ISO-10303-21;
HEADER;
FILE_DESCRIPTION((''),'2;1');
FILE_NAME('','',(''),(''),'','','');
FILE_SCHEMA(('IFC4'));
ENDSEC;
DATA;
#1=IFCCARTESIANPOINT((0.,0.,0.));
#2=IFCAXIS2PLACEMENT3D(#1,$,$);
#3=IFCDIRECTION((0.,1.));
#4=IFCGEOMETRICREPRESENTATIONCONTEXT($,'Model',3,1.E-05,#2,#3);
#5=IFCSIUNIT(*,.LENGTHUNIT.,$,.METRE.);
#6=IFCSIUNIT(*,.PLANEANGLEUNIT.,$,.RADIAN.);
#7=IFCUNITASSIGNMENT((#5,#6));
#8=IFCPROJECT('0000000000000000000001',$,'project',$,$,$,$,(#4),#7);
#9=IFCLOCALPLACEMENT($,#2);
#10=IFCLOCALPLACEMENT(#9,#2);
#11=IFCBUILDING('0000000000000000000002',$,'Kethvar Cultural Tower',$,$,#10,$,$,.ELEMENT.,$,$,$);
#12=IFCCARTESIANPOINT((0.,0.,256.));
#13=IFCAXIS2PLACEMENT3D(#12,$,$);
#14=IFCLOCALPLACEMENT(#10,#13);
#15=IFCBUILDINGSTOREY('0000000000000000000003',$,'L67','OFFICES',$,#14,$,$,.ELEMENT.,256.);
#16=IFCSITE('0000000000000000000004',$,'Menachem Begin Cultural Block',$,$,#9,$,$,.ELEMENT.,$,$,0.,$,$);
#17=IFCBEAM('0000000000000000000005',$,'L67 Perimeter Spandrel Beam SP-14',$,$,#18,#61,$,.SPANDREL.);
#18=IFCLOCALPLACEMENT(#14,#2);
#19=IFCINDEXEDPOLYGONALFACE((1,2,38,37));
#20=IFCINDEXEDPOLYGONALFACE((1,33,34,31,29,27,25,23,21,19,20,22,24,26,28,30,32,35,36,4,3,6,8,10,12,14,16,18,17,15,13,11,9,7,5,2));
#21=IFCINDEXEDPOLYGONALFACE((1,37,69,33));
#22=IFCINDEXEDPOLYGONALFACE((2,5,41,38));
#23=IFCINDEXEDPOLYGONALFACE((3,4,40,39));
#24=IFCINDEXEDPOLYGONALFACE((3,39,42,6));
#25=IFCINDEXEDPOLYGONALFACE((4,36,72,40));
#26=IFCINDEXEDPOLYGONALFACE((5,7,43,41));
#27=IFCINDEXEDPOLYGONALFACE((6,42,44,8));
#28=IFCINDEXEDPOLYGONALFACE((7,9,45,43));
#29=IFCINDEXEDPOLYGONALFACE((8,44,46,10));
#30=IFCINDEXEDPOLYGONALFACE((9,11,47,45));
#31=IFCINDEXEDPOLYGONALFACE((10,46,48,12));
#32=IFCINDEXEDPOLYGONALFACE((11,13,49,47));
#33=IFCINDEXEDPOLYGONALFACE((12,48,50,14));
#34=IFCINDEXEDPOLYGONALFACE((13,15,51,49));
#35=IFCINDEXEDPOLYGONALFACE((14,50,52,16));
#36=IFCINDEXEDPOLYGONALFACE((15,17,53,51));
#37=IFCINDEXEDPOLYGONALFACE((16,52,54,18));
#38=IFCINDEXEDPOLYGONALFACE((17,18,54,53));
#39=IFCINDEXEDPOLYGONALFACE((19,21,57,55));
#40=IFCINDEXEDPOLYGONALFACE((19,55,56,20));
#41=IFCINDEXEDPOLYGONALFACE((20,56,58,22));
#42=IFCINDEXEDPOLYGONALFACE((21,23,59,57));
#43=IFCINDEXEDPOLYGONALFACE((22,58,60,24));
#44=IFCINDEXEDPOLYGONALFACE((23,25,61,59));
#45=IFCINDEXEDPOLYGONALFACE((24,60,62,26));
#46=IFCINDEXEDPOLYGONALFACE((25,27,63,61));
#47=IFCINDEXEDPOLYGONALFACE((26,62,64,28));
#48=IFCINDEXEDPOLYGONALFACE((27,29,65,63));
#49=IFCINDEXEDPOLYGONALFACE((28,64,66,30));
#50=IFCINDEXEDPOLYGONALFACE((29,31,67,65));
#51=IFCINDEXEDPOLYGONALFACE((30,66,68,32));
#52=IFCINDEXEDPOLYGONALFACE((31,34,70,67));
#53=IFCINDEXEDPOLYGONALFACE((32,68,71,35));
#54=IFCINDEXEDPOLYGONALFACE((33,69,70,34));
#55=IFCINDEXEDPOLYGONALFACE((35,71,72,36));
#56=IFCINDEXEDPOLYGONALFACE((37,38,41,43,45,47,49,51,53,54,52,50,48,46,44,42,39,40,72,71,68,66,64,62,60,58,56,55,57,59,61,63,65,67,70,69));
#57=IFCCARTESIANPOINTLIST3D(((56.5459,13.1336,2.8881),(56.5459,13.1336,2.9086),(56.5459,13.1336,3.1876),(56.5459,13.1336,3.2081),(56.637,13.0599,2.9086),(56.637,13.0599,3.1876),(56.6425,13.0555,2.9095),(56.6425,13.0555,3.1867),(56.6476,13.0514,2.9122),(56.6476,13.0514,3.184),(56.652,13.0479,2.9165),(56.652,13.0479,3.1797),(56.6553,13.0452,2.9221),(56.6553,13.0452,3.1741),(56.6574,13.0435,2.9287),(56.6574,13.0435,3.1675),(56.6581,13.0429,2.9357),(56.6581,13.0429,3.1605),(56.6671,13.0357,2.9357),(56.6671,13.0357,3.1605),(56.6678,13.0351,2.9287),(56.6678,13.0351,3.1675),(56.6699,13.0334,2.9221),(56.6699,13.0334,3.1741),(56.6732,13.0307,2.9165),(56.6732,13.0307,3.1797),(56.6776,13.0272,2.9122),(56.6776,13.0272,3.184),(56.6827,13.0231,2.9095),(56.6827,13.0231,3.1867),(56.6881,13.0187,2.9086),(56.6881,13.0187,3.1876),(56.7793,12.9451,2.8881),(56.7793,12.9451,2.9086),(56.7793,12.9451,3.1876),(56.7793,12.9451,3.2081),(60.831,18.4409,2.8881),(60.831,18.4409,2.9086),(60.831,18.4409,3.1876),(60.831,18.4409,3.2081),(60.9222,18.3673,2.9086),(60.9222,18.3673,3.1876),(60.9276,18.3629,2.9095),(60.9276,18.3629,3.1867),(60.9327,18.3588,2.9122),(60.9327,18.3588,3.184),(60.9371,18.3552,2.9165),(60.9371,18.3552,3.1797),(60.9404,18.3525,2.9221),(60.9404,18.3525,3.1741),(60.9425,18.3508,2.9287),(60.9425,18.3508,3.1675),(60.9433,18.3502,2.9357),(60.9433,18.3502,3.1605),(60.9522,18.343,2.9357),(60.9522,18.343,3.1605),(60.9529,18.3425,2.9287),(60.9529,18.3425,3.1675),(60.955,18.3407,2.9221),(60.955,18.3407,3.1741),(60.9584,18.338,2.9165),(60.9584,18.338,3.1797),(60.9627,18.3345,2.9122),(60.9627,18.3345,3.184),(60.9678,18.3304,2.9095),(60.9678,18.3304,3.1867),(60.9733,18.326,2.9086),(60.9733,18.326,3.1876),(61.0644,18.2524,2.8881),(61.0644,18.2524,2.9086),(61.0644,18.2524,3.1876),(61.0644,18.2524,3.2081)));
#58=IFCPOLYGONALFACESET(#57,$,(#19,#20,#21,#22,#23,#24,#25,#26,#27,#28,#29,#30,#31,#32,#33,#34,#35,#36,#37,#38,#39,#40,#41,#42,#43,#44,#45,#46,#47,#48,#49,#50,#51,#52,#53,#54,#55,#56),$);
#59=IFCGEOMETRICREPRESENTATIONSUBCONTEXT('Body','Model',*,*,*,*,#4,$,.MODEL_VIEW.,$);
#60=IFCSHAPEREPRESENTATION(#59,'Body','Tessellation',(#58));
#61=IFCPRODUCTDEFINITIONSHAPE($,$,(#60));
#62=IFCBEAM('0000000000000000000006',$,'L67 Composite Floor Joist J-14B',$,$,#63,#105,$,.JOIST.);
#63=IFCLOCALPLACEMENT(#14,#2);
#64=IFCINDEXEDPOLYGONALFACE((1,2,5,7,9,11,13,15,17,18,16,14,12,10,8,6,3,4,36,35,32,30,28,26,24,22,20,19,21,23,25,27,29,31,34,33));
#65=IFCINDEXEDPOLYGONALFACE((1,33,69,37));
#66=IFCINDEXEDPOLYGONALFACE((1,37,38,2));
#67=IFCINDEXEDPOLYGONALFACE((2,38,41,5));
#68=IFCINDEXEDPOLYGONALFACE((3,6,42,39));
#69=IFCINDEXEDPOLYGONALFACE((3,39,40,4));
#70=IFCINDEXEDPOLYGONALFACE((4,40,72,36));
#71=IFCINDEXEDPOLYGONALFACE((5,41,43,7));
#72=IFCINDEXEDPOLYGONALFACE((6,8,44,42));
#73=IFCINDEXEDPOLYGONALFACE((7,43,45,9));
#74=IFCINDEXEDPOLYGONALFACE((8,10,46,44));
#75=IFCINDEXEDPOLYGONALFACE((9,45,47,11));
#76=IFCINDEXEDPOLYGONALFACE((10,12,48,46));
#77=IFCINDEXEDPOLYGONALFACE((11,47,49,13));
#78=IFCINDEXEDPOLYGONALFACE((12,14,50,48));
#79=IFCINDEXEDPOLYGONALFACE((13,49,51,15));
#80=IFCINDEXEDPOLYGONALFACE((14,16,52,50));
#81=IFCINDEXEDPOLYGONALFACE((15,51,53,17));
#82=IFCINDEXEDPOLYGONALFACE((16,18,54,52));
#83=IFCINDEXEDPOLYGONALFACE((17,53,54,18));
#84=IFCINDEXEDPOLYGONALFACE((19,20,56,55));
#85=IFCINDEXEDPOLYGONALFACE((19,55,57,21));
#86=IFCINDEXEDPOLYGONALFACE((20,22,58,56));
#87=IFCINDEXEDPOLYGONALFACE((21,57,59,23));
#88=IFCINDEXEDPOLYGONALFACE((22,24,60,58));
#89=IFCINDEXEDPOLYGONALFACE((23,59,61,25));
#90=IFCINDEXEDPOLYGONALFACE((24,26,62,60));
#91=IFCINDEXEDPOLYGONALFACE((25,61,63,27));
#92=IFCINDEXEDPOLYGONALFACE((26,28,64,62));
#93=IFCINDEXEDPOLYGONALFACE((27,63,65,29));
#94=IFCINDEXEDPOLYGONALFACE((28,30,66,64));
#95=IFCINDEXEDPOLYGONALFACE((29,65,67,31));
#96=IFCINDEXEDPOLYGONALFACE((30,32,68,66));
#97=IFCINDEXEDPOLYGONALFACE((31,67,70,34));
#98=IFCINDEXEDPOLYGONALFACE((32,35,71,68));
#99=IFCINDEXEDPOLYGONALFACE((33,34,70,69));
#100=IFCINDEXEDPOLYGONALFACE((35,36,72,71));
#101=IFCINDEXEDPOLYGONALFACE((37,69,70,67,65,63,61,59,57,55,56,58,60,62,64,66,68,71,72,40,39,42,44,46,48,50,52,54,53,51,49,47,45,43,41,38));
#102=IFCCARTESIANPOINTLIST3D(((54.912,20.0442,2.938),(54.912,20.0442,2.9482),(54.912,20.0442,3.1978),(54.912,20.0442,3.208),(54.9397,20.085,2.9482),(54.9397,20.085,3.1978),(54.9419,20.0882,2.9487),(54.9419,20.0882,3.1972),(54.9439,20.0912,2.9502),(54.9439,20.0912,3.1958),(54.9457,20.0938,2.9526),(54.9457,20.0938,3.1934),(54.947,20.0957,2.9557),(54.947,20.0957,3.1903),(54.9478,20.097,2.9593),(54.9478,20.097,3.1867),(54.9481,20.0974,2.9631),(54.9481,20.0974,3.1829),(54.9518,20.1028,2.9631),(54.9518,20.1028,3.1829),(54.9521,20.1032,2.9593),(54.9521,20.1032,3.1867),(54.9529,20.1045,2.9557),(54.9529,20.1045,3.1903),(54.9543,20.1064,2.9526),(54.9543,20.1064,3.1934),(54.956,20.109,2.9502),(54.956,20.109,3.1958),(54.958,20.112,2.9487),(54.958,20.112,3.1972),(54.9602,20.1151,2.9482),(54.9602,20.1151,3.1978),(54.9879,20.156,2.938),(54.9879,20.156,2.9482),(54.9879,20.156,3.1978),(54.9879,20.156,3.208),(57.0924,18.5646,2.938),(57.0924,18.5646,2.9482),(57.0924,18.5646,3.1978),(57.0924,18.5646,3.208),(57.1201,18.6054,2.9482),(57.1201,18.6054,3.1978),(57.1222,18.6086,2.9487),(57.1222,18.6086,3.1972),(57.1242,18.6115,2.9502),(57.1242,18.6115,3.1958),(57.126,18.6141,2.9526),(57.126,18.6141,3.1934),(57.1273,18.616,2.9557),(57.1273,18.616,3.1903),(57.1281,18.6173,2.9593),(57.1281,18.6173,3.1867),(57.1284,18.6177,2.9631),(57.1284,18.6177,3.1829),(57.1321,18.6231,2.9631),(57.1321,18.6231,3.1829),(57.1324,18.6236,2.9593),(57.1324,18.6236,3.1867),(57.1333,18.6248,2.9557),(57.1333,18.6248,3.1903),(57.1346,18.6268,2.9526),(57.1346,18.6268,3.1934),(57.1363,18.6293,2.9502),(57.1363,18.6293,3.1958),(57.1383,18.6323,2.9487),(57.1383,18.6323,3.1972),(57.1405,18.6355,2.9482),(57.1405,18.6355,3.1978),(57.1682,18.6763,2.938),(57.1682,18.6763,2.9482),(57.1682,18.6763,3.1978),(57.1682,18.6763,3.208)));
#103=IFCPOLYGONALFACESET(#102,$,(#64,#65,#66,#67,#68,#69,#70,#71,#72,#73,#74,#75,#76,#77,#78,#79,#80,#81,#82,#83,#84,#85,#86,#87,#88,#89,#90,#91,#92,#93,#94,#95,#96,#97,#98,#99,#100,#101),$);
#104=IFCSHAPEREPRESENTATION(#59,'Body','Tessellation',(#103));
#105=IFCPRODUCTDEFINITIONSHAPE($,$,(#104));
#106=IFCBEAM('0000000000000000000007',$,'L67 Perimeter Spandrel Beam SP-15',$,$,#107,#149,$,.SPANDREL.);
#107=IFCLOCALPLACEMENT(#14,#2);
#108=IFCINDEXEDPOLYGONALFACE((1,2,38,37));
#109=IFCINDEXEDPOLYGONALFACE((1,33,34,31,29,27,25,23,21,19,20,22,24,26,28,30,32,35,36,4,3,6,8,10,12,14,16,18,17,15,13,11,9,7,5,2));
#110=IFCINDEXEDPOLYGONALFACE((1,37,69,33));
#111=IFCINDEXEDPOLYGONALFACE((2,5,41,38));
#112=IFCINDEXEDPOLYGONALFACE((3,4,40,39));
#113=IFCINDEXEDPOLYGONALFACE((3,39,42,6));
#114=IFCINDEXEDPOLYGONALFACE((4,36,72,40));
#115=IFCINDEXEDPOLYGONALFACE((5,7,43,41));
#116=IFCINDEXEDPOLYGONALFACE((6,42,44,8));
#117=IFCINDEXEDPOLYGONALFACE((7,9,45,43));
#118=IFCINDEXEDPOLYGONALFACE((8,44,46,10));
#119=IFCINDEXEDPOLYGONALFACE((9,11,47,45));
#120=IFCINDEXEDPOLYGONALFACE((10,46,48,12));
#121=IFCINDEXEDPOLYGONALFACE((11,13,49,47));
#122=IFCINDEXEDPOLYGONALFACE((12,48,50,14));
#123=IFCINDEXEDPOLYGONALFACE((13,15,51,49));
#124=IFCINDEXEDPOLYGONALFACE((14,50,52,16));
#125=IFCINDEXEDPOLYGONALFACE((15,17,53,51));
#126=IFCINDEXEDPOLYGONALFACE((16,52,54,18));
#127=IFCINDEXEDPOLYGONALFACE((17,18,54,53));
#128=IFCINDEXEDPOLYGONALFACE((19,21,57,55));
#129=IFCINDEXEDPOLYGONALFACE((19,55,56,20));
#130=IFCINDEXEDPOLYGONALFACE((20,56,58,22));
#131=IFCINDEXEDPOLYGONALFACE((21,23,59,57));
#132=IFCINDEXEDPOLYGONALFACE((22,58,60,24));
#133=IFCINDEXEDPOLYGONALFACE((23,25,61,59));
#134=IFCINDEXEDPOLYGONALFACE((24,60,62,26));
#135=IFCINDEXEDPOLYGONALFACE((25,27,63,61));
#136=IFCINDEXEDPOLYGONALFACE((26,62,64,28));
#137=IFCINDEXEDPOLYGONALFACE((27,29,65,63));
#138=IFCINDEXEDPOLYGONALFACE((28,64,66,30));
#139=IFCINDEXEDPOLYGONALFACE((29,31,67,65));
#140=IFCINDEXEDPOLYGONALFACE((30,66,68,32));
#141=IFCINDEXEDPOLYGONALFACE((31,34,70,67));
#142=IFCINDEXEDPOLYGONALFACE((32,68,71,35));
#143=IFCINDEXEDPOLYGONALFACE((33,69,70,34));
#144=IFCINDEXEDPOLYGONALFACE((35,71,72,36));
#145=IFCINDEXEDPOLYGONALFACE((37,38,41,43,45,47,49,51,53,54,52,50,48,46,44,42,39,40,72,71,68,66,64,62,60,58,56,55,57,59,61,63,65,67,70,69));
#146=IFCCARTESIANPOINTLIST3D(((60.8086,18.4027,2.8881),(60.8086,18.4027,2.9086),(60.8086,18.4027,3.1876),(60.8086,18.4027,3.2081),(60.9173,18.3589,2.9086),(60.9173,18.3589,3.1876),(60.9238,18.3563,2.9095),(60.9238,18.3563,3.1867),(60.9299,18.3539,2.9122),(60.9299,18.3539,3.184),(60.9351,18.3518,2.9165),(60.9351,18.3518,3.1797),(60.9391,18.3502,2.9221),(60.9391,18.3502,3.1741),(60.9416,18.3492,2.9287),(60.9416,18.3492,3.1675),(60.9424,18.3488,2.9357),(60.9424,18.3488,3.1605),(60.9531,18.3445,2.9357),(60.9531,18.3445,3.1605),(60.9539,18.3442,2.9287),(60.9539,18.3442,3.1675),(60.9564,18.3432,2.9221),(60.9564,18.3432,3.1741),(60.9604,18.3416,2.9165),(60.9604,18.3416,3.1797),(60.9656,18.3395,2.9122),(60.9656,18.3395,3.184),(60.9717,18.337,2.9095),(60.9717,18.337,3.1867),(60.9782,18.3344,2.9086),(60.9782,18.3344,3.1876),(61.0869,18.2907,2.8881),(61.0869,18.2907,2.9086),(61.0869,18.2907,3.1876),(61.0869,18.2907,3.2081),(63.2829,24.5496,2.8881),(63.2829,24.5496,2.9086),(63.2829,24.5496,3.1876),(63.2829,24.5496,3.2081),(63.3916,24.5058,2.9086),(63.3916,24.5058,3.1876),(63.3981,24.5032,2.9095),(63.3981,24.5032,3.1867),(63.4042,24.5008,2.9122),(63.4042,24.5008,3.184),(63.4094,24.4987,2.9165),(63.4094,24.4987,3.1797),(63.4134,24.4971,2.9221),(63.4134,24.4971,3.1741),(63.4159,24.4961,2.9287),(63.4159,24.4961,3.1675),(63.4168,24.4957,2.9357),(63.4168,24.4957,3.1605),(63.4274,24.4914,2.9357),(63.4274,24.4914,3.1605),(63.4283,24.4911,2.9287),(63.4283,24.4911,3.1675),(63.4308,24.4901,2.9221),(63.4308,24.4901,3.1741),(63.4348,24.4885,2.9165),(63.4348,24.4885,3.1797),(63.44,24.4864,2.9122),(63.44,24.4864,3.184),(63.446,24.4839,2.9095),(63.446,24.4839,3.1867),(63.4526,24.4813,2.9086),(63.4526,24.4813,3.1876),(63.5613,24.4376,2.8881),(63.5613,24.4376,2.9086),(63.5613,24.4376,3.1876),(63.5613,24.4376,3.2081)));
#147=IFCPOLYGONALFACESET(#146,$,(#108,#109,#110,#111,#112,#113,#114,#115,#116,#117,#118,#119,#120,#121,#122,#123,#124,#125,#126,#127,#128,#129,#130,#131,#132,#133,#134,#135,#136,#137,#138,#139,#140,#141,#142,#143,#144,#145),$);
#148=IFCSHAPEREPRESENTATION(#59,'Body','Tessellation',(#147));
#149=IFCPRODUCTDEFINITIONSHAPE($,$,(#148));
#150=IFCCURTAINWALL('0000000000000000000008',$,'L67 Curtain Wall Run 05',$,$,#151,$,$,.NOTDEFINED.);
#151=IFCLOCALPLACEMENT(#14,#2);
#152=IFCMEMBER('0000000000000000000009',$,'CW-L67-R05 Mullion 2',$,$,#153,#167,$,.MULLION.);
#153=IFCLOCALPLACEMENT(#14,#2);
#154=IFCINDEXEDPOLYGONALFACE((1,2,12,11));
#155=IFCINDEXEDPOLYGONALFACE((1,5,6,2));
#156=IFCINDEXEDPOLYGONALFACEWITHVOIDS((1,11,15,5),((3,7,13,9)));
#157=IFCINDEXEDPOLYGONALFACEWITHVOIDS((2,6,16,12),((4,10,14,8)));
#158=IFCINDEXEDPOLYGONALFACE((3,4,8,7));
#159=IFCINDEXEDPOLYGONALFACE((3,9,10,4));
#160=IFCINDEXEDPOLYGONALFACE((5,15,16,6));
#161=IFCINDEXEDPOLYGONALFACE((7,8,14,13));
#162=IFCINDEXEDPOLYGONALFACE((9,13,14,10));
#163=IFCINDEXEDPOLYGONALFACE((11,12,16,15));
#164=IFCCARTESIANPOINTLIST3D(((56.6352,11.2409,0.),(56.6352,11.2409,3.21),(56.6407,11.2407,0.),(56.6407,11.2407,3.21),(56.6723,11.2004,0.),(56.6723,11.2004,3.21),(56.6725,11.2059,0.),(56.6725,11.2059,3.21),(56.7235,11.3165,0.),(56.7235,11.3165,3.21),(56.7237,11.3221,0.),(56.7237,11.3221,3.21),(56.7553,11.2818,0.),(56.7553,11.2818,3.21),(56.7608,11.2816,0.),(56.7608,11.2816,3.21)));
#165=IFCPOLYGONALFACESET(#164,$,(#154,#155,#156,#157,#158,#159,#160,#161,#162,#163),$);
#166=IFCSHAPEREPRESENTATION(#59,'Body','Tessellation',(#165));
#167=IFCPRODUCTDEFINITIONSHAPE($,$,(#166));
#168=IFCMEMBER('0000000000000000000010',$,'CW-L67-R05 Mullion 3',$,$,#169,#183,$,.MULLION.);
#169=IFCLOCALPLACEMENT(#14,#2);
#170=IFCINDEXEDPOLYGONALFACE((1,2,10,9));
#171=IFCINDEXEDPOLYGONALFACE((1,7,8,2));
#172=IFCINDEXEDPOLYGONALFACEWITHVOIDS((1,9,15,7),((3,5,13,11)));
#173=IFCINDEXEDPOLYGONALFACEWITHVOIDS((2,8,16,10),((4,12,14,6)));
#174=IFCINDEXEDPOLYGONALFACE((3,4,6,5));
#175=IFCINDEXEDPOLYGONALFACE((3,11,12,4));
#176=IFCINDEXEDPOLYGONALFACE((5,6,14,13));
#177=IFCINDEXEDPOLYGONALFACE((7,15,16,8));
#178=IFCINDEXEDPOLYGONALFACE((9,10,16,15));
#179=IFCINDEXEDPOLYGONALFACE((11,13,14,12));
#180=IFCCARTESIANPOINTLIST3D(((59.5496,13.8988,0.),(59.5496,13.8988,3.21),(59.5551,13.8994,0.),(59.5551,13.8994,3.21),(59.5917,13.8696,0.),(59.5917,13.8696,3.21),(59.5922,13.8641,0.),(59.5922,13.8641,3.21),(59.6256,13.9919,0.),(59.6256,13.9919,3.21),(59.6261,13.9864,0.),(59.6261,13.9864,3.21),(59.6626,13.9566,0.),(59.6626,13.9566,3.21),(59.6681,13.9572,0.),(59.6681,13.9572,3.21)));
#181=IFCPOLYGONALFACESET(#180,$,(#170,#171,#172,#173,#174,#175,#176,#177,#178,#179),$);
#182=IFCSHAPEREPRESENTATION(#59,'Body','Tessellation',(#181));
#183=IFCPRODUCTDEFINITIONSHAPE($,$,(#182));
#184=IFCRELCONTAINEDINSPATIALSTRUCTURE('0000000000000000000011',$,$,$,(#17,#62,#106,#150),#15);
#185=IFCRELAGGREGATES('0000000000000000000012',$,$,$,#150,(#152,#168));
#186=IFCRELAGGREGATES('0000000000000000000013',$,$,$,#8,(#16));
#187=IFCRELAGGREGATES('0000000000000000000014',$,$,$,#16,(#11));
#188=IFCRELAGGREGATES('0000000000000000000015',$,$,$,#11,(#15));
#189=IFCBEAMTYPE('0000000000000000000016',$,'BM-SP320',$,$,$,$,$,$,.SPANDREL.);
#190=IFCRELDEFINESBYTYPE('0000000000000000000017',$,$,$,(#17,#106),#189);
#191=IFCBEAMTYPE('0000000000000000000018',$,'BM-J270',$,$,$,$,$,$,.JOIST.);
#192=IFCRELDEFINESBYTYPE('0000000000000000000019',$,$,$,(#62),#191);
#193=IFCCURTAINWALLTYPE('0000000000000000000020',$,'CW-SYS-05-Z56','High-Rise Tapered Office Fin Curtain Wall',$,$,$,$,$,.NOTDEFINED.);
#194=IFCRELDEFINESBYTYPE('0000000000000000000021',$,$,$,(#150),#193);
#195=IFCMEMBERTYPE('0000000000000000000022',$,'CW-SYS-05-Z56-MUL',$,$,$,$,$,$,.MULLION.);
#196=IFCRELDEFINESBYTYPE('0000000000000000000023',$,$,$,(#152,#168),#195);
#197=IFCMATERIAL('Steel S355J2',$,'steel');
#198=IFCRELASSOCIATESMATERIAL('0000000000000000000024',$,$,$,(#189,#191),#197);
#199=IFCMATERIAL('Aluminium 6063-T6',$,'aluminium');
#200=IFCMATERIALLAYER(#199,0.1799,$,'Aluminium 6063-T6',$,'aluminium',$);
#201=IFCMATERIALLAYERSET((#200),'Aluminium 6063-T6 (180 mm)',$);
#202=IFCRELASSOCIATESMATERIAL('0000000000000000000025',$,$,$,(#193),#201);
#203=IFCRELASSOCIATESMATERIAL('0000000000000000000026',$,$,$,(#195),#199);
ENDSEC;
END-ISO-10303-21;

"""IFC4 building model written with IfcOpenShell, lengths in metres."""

from ifc_helpers import new_model, si_unit, direction, frame, origin, origin_2d, place, context, subcontext, project, spatial, hollow_rectangle, i_section, extrude, source, transform, mapped, material, layer, layer_set, material_profile, profile_set, type_object, element, aggregate, save


model = new_model("IFC4")

# Units and contexts
model_context = context("Model", 3, precision=1e-05, world=origin(), true_north=direction((0.0, 1.0)))
body_context = subcontext(model_context, "Body", "Model", "MODEL_VIEW")
ifc_project = project(units=[si_unit("LENGTHUNIT", "METRE"), si_unit("PLANEANGLEUNIT", "RADIAN")], contexts=[model_context])

# Site, building, storey
site_placement = place(None, origin())
site = spatial("IfcSite", under=ifc_project, at=site_placement, Name="Menachem Begin Cultural Block", CompositionType="ELEMENT", RefElevation=0.0)
building_placement = place(site_placement, origin())
building = spatial("IfcBuilding", under=site, at=building_placement, Name="Kethvar Cultural Tower", CompositionType="ELEMENT")
storey_placement = place(building_placement, frame((0.0, 0.0, 256.0)))
storey = spatial("IfcBuildingStorey", under=building, at=storey_placement, Name="L67", Description="OFFICES", CompositionType="ELEMENT", Elevation=256.0)

# Beams
ifc_material_1 = material(Name="Steel S355J2", Category="steel")
ifc_material_profile_1 = material_profile(ifc_material_1, i_section(OverallWidth=0.3, OverallDepth=0.3201, WebThickness=0.0115, FlangeThickness=0.0205, FilletRadius=0.0271, at=origin_2d()), Name="Steel S355J2 — HEB320")
ifc_profile_set_1 = profile_set([ifc_material_profile_1], Name="Steel S355J2 — HEB320")
beam_type_1 = type_object("IfcBeamType", Name="BM-SP320", PredefinedType="SPANDREL", material=ifc_profile_set_1)
shared_shape_1 = source(origin(), body_context, "Body", "SweptSolid", [
    extrude(i_section(OverallWidth=0.3, OverallDepth=0.3201, WebThickness=0.0115, FlangeThickness=0.0205, FilletRadius=0.0271, at=origin_2d()), origin(), (0.0, 0.0, 1.0), 6.8213),
])
beam_1_placement = place(storey_placement, frame((56.6626, 13.0393, 3.0481), z_axis=(0.628198, 0.778054, 0.0), x_axis=(-0.778054, 0.628198, 0.0)))
element("IfcBeam", 1, at=beam_1_placement, inside=storey, type_object=beam_type_1, Name="L67 Perimeter Spandrel Beam SP-14", PredefinedType="SPANDREL", context=body_context, shape_type="MappedRepresentation", body=[
    mapped(shared_shape_1, transform((0.0, 0.0, 0.0), scale=1.0)),
])
ifc_material_profile_2 = material_profile(ifc_material_1, i_section(OverallWidth=0.135, OverallDepth=0.27, WebThickness=0.0066, FlangeThickness=0.0103, FilletRadius=0.0149, at=origin_2d()), Name="Steel S355J2 — IPE270")
ifc_profile_set_2 = profile_set([ifc_material_profile_2], Name="Steel S355J2 — IPE270")
beam_type_2 = type_object("IfcBeamType", Name="BM-J270", PredefinedType="JOIST", material=ifc_profile_set_2)
shared_shape_2 = source(origin(), body_context, "Body", "SweptSolid", [
    extrude(i_section(OverallWidth=0.135, OverallDepth=0.27, WebThickness=0.0066, FlangeThickness=0.0103, FilletRadius=0.0149, at=origin_2d()), origin(), (0.0, 0.0, 1.0), 2.635),
])
beam_2_placement = place(storey_placement, frame((54.95, 20.1001, 3.073), z_axis=(0.827447, -0.561544, 0.0), x_axis=(0.561544, 0.827447, 0.0)))
element("IfcBeam", 2, at=beam_2_placement, inside=storey, type_object=beam_type_2, Name="L67 Composite Floor Joist J-14B", PredefinedType="JOIST", context=body_context, shape_type="MappedRepresentation", body=[
    mapped(shared_shape_2, transform((0.0, 0.0, 0.0), scale=1.0)),
])
shared_shape_3 = source(origin(), body_context, "Body", "SweptSolid", [
    extrude(i_section(OverallWidth=0.3, OverallDepth=0.3201, WebThickness=0.0115, FlangeThickness=0.0205, FilletRadius=0.0271, at=origin_2d()), origin(), (0.0, 0.0, 1.0), 6.6262),
])
beam_3_placement = place(storey_placement, frame((60.9478, 18.3467, 3.0481), z_axis=(0.373416, 0.927664, 0.0), x_axis=(-0.927664, 0.373416, 0.0)))
element("IfcBeam", 3, at=beam_3_placement, inside=storey, type_object=beam_type_1, Name="L67 Perimeter Spandrel Beam SP-15", PredefinedType="SPANDREL", context=body_context, shape_type="MappedRepresentation", body=[
    mapped(shared_shape_3, transform((0.0, 0.0, 0.0), scale=1.0)),
])

# Curtain wall, members
ifc_material_2 = material(Name="Aluminium 6063-T6", Category="aluminium")
ifc_layer_1 = layer(ifc_material_2, 0.1799, Name="Aluminium 6063-T6", Category="aluminium")
ifc_layer_set_1 = layer_set([ifc_layer_1], Name="Aluminium 6063-T6 (180 mm)")
curtain_wall_type = type_object("IfcCurtainWallType", Name="CW-SYS-05-Z56", Description="High-Rise Tapered Office Fin Curtain Wall", PredefinedType="NOTDEFINED", material=ifc_layer_set_1)
curtain_wall_placement = place(storey_placement, origin())
curtain_wall = element("IfcCurtainWall", 4, at=curtain_wall_placement, inside=storey, type_object=curtain_wall_type, Name="L67 Curtain Wall Run 05", PredefinedType="NOTDEFINED")
ifc_material_profile_3 = material_profile(ifc_material_2, hollow_rectangle(XDim=0.0549, YDim=0.1201, WallThickness=0.0039, at=origin_2d()), Name="Aluminium 6063-T6 — RHS120x55x4")
ifc_profile_set_3 = profile_set([ifc_material_profile_3], Name="Aluminium 6063-T6 — RHS120x55x4")
member_type_1 = type_object("IfcMemberType", Name="CW-SYS-05-Z56-MUL", PredefinedType="MULLION", material=ifc_profile_set_3)
shared_shape_4 = source(origin(), body_context, "Body", "SweptSolid", [
    extrude(hollow_rectangle(XDim=0.0549, YDim=0.1201, WallThickness=0.0039, at=origin_2d()), origin(), (0.0, 0.0, 1.0), 3.21),
])
member_1_placement = place(storey_placement, frame((56.698, 11.2612, 0.0), z_axis=(0.0, 0.0, 1.0), x_axis=(-0.675719, 0.737159, 0.0)))
member_1 = element("IfcMember", 5, at=member_1_placement, type_object=member_type_1, Name="CW-L67-R05 Mullion 2", PredefinedType="MULLION", context=body_context, shape_type="MappedRepresentation", body=[
    mapped(shared_shape_4, transform((0.0, 0.0, 0.0), scale=1.0)),
])
member_2_placement = place(storey_placement, frame((59.6089, 13.928, 0.0), z_axis=(0.0, 0.0, 1.0), x_axis=(-0.774922, 0.632056, 0.0)))
member_2 = element("IfcMember", 6, at=member_2_placement, type_object=member_type_1, Name="CW-L67-R05 Mullion 3", PredefinedType="MULLION", context=body_context, shape_type="MappedRepresentation", body=[
    mapped(shared_shape_4, transform((0.0, 0.0, 0.0), scale=1.0)),
])
aggregate(curtain_wall, [member_1, member_2])

save(model, "model.ifc")
